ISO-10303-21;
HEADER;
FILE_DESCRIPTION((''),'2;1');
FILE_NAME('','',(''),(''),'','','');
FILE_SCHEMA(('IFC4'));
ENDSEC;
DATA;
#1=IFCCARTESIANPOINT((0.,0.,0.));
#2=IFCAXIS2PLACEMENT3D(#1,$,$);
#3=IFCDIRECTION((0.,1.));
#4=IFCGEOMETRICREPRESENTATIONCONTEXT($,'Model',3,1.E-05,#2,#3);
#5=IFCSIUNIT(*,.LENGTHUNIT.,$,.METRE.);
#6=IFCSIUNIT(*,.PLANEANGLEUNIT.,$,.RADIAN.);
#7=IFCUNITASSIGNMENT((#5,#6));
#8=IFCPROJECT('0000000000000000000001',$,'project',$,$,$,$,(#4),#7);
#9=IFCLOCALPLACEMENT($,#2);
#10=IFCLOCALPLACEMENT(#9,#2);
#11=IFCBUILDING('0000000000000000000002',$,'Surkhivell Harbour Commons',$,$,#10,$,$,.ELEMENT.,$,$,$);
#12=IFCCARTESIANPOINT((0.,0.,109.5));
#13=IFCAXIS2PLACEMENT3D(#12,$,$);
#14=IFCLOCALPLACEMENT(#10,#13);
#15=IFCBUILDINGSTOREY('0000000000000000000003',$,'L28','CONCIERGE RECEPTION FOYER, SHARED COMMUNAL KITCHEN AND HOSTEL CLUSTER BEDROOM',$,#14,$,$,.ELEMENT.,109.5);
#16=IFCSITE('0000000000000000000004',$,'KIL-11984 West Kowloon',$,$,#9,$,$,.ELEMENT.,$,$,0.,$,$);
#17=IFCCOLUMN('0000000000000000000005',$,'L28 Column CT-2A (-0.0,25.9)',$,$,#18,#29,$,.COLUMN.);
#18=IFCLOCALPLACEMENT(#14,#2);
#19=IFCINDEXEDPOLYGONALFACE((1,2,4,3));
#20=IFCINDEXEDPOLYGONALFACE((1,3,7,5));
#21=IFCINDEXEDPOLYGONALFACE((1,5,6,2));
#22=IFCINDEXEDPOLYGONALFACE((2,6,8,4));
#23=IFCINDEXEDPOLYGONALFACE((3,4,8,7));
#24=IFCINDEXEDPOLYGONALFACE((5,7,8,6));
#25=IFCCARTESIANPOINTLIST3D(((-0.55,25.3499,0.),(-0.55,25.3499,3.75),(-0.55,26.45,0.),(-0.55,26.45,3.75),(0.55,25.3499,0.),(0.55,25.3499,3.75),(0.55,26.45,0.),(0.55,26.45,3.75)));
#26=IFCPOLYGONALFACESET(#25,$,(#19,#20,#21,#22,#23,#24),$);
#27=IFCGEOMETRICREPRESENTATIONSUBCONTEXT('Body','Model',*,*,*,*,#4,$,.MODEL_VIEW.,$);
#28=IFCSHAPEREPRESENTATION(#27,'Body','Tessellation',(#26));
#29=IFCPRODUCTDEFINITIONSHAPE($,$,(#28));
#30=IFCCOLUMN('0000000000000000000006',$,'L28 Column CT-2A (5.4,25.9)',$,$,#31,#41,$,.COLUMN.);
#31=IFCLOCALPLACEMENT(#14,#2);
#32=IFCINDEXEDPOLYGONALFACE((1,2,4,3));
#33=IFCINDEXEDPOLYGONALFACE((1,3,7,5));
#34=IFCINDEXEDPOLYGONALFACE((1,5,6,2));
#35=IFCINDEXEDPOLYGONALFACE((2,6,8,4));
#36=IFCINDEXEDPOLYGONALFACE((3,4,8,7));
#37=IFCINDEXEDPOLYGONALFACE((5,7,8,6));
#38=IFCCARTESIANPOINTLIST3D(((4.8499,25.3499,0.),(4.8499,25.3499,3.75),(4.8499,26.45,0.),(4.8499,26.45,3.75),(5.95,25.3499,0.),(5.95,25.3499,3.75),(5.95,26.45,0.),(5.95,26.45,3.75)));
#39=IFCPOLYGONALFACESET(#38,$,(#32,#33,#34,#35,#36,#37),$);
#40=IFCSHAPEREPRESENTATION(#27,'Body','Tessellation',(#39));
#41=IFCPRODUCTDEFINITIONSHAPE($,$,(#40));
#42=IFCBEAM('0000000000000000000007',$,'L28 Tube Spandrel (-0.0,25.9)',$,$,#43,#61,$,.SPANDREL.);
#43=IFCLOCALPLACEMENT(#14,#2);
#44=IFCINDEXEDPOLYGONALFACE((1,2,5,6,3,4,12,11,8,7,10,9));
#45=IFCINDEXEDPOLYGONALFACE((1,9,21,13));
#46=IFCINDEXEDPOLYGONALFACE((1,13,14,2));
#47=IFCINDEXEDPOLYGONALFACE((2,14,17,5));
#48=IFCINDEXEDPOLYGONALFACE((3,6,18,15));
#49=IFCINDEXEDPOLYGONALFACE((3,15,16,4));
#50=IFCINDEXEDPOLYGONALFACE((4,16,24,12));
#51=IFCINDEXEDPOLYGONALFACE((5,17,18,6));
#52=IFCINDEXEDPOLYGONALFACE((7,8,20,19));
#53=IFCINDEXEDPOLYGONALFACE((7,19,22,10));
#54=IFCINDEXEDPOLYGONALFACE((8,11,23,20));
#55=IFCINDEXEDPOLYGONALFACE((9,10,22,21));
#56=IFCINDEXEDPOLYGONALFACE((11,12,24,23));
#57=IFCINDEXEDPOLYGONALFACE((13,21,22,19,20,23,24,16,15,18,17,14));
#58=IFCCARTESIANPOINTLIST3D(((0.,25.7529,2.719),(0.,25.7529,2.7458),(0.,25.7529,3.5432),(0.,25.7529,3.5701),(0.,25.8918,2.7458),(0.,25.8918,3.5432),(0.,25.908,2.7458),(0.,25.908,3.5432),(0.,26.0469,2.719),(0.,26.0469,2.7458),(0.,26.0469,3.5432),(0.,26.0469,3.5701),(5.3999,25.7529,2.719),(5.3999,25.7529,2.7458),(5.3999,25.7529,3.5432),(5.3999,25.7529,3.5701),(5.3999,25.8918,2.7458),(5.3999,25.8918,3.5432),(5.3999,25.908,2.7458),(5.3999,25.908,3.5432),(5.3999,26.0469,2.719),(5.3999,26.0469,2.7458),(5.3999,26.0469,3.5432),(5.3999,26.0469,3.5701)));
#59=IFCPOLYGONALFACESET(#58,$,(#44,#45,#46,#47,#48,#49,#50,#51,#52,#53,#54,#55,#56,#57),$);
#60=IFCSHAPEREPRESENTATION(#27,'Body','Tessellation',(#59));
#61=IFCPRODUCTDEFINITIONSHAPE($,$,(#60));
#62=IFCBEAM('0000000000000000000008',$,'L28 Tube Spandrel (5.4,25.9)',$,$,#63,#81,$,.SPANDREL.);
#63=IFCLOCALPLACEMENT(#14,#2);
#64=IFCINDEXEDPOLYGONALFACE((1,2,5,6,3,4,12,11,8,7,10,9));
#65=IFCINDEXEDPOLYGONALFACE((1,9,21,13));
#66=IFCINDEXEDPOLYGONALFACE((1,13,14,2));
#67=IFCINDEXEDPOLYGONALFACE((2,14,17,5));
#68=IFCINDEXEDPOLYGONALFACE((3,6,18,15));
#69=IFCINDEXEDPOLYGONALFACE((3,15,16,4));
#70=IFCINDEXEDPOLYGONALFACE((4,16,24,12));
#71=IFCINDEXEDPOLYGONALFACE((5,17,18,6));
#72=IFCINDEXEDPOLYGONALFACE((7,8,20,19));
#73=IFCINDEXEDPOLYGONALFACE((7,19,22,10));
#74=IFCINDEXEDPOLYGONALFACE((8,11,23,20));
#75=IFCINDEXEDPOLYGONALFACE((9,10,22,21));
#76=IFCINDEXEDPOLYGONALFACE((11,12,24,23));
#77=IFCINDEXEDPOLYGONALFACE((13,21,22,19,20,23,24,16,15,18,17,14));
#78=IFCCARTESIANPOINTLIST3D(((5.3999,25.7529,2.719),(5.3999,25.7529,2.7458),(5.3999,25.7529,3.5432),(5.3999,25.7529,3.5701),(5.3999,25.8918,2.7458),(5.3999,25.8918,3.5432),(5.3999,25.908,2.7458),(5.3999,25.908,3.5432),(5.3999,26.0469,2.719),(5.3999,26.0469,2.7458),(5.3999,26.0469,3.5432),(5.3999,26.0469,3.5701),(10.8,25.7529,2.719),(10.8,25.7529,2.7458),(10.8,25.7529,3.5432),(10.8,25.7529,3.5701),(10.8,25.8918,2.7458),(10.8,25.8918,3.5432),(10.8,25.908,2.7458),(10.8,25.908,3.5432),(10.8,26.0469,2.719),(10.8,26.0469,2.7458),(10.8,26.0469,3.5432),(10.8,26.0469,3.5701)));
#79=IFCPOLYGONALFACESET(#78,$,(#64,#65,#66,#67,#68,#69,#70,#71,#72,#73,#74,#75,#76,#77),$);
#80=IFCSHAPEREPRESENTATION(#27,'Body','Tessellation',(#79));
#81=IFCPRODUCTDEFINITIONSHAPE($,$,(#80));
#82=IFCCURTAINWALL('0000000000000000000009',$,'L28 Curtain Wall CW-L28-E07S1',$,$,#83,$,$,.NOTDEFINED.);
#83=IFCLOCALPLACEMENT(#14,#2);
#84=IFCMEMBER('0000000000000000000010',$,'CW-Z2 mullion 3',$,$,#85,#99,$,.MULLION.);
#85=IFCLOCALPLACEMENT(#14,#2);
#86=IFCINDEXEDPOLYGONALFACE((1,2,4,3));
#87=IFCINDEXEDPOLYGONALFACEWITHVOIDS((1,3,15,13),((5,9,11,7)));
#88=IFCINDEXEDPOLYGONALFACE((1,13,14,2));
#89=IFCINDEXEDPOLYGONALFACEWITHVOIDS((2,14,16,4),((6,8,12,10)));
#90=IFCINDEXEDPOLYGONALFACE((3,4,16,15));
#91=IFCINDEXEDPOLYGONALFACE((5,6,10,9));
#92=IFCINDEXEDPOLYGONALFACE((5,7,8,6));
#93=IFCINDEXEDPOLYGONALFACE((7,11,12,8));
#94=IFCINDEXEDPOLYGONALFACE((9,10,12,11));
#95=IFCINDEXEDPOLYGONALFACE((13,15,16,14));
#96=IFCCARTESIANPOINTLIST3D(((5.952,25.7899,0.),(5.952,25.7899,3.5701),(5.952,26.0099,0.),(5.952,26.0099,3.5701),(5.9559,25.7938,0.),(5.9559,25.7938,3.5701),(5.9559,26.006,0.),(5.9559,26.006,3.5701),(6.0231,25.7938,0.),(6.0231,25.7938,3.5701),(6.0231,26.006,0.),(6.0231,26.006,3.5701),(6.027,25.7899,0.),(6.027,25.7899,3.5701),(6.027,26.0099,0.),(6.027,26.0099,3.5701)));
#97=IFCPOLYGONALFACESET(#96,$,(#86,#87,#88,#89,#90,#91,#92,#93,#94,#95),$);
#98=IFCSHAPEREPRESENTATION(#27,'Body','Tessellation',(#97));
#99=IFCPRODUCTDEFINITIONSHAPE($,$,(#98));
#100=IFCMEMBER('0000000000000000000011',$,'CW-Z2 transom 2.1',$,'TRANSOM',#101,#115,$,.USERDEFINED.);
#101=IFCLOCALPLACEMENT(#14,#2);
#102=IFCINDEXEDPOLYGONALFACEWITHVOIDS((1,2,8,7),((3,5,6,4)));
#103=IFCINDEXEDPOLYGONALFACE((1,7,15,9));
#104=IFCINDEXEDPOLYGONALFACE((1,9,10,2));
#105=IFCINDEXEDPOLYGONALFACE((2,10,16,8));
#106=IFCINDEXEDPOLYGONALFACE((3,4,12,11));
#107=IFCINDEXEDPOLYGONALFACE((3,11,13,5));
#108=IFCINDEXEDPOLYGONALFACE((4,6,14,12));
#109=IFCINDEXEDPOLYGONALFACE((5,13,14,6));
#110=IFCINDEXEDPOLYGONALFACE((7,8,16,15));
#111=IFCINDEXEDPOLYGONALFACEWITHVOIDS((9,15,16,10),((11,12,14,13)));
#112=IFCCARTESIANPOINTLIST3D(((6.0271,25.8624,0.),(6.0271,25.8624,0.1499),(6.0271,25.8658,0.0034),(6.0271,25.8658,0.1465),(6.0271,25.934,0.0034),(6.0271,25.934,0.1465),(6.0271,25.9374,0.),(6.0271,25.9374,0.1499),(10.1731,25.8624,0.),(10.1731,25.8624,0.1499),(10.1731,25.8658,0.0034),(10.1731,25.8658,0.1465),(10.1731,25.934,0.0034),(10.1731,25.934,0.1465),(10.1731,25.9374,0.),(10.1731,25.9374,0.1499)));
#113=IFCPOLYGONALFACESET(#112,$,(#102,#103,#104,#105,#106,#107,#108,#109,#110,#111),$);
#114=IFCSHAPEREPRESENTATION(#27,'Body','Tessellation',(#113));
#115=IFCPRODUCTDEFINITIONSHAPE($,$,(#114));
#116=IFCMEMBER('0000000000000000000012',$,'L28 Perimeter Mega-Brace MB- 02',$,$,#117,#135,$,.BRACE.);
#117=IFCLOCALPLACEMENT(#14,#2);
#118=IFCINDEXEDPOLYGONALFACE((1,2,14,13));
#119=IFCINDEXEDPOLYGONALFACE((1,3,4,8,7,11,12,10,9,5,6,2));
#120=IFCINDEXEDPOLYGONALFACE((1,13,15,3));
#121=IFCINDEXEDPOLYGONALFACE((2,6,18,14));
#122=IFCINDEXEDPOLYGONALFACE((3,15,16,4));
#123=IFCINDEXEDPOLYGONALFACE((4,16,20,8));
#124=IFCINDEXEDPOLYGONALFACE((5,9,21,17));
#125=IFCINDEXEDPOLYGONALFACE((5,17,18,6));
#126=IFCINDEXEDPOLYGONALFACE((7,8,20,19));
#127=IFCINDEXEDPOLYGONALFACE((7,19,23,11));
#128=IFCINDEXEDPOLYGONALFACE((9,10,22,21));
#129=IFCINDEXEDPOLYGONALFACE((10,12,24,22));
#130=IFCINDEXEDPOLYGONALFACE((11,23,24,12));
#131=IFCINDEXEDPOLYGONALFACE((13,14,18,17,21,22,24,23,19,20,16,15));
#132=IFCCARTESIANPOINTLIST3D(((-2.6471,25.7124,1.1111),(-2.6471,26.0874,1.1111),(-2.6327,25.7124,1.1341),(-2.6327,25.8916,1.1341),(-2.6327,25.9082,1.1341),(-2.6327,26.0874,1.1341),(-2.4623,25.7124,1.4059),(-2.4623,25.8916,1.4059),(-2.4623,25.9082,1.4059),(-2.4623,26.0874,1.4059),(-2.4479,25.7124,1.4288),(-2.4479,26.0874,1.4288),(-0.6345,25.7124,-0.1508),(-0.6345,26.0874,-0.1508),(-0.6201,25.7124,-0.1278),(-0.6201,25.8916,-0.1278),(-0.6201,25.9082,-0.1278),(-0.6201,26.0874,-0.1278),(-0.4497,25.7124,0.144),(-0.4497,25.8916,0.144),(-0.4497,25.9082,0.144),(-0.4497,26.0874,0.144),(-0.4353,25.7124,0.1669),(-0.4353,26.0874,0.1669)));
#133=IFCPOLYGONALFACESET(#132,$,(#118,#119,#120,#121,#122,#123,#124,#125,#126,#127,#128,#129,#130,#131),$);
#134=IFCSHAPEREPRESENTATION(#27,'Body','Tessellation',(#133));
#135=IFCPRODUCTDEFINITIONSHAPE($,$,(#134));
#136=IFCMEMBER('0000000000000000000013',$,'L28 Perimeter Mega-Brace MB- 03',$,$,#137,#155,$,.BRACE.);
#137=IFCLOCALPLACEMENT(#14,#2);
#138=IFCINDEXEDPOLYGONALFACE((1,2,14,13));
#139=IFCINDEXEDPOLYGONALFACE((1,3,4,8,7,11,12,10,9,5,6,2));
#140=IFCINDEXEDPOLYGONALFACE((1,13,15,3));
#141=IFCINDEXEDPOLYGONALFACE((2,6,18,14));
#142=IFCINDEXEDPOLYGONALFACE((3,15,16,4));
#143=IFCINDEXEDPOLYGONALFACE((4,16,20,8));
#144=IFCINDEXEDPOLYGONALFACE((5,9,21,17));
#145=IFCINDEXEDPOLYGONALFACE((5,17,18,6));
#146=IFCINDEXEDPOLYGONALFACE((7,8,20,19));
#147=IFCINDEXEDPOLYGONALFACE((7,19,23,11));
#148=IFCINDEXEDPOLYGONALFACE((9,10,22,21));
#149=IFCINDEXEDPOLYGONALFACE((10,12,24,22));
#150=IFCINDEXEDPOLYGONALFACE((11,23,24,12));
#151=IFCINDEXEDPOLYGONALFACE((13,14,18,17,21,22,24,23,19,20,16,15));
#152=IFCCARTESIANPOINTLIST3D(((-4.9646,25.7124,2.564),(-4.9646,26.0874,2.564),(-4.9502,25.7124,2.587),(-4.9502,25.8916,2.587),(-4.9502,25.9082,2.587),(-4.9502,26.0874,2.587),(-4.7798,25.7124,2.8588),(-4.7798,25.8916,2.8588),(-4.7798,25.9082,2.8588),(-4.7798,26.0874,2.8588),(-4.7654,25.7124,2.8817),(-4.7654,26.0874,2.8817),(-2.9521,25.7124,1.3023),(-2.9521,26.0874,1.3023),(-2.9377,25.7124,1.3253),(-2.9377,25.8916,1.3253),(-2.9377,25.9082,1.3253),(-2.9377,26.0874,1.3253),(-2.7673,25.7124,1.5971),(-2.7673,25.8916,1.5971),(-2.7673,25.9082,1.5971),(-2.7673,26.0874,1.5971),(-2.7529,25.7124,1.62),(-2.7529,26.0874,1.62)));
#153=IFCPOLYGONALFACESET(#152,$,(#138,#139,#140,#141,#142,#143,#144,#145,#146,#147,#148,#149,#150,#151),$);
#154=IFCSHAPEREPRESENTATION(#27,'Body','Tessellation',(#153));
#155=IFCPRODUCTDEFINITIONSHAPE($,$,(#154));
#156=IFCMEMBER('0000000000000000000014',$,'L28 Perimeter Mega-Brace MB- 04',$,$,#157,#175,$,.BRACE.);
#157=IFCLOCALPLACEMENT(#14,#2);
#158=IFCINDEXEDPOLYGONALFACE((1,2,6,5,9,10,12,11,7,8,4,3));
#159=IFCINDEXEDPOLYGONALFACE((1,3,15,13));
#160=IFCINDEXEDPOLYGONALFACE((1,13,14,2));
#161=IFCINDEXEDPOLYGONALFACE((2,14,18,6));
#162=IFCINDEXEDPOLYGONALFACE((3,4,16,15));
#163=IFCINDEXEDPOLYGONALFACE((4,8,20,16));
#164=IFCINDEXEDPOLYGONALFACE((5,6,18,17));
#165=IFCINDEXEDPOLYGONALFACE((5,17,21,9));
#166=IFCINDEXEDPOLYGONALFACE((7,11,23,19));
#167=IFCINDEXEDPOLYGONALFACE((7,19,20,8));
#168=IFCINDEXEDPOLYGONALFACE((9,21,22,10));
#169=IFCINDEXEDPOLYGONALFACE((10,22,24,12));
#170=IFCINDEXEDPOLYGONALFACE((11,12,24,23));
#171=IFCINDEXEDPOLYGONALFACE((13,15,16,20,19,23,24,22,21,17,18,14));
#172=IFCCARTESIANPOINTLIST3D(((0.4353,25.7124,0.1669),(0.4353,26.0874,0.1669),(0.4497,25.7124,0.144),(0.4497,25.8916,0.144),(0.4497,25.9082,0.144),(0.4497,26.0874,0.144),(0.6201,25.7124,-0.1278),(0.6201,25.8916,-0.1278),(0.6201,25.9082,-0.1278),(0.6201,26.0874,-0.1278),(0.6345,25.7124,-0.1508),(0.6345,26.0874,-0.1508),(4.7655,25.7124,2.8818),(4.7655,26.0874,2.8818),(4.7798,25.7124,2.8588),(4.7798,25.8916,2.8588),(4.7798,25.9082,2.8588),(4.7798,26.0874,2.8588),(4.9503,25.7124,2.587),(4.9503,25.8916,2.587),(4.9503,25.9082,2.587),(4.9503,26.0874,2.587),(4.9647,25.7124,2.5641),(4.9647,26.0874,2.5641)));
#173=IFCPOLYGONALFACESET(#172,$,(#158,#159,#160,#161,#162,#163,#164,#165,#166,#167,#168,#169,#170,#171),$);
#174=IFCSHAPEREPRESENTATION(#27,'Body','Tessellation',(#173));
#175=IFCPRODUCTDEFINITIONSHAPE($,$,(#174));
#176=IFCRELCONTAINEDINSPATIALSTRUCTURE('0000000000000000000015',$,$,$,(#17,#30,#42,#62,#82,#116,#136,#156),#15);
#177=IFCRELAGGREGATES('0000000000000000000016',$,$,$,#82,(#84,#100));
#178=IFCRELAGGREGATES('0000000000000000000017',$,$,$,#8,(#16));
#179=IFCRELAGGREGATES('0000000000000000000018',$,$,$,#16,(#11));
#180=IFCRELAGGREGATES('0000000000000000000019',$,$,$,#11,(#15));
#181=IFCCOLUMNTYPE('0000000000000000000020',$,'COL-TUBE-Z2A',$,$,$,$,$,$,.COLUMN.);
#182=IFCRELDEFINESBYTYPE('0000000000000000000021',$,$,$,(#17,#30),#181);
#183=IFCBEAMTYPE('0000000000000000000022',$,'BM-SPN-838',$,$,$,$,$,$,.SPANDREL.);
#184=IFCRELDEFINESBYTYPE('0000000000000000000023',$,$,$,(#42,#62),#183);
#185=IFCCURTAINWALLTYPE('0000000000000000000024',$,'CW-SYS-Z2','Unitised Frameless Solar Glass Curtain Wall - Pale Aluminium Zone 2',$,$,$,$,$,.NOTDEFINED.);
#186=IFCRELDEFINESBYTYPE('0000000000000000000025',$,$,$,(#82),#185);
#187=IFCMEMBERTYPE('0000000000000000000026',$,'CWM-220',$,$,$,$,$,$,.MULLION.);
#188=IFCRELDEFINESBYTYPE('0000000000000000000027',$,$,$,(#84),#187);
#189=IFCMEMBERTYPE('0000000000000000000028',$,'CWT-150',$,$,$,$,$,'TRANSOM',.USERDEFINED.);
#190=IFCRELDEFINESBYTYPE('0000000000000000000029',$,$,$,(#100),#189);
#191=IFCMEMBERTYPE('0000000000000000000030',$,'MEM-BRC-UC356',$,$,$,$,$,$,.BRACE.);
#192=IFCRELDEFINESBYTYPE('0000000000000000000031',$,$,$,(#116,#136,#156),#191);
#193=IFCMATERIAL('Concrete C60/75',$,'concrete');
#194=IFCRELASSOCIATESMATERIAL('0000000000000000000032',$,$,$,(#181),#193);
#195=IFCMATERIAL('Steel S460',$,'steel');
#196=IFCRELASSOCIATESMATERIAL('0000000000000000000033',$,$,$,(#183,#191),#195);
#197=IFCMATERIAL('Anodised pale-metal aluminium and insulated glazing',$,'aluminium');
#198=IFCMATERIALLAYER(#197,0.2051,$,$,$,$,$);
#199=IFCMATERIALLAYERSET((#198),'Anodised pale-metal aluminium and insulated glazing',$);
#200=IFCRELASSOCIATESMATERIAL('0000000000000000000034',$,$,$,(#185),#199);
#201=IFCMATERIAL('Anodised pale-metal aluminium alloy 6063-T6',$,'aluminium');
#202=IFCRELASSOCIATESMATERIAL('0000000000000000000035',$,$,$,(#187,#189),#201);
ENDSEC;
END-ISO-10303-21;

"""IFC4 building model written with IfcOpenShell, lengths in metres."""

from ifc_helpers import new_model, si_unit, direction, frame, origin, origin_2d, place, context, subcontext, project, spatial, rectangle, hollow_rectangle, i_section, extrude, material, layer, layer_set, material_profile, profile_set, type_object, element, aggregate, save


model = new_model("IFC4")

# Units and contexts
model_context = context("Model", 3, precision=1e-05, world=origin(), true_north=direction((0.0, 1.0)))
body_context = subcontext(model_context, "Body", "Model", "MODEL_VIEW")
ifc_project = project(units=[si_unit("LENGTHUNIT", "METRE"), si_unit("PLANEANGLEUNIT", "RADIAN")], contexts=[model_context])

# Site, building, storey
site_placement = place(None, origin())
site = spatial("IfcSite", under=ifc_project, at=site_placement, Name="KIL-11984 West Kowloon", CompositionType="ELEMENT", RefElevation=0.0)
building_placement = place(site_placement, origin())
building = spatial("IfcBuilding", under=site, at=building_placement, Name="Surkhivell Harbour Commons", CompositionType="ELEMENT")
storey_placement = place(building_placement, frame((0.0, 0.0, 109.5)))
storey = spatial("IfcBuildingStorey", under=building, at=storey_placement, Name="L28", Description="CONCIERGE RECEPTION FOYER, SHARED COMMUNAL KITCHEN AND HOSTEL CLUSTER BEDROOM", CompositionType="ELEMENT", Elevation=109.5)

# Columns
ifc_material_1 = material(Name="Concrete C60/75", Category="concrete")
ifc_material_profile_1 = material_profile(ifc_material_1, rectangle(XDim=1.1001, YDim=1.1001, at=origin_2d()), Name="RC-COL-1100x1100")
ifc_profile_set_1 = profile_set([ifc_material_profile_1], Name="Concrete C60/75")
column_type = type_object("IfcColumnType", Name="COL-TUBE-Z2A", PredefinedType="COLUMN", material=ifc_profile_set_1)
for number, where, z_axis, x_axis, name in (
    (1, (0.0, 25.8999, 0.0), (0.0, 0.0, 1.0), (1.0, 0.0, 0.0), "L28 Column CT-2A (-0.0,25.9)"),
    (2, (5.3999, 25.8999, 0.0), (0.0, 0.0, 1.0), (1.0, 0.0, 0.0), "L28 Column CT-2A (5.4,25.9)"),
):
    element("IfcColumn", number, at=place(storey_placement, frame(where, z_axis=z_axis, x_axis=x_axis)), inside=storey, type_object=column_type, Name=name, PredefinedType="COLUMN", context=body_context, shape_type="SweptSolid", body=[
        extrude(rectangle(XDim=1.1001, YDim=1.1001, at=origin_2d()), origin(), (0.0, 0.0, 1.0), 3.75),
    ])

# Beams
ifc_material_2 = material(Name="Steel S460", Category="steel")
ifc_material_profile_2 = material_profile(ifc_material_2, i_section(OverallWidth=0.2939, OverallDepth=0.8511, WebThickness=0.0161, FlangeThickness=0.0269, at=origin_2d()), Name="UB838x292x226")
ifc_profile_set_2 = profile_set([ifc_material_profile_2], Name="Steel S460")
beam_type = type_object("IfcBeamType", Name="BM-SPN-838", PredefinedType="SPANDREL", material=ifc_profile_set_2)
beam_1_placement = place(storey_placement, frame((0.0, 25.8999, 3.1445), z_axis=(1.0, 0.0, 0.0), x_axis=(0.0, 1.0, 0.0)))
element("IfcBeam", 3, at=beam_1_placement, inside=storey, type_object=beam_type, Name="L28 Tube Spandrel (-0.0,25.9)", PredefinedType="SPANDREL", context=body_context, shape_type="SweptSolid", body=[
    extrude(i_section(OverallWidth=0.2939, OverallDepth=0.8511, WebThickness=0.0161, FlangeThickness=0.0269, at=origin_2d()), origin(), (0.0, 0.0, 1.0), 5.3999),
])
beam_2_placement = place(storey_placement, frame((5.3999, 25.8999, 3.1445), z_axis=(1.0, 0.0, 0.0), x_axis=(0.0, 1.0, 0.0)))
element("IfcBeam", 4, at=beam_2_placement, inside=storey, type_object=beam_type, Name="L28 Tube Spandrel (5.4,25.9)", PredefinedType="SPANDREL", context=body_context, shape_type="SweptSolid", body=[
    extrude(i_section(OverallWidth=0.2939, OverallDepth=0.8511, WebThickness=0.0161, FlangeThickness=0.0269, at=origin_2d()), origin(), (0.0, 0.0, 1.0), 5.4001),
])

# Curtain wall, members
ifc_material_3 = material(Name="Anodised pale-metal aluminium and insulated glazing", Category="aluminium")
ifc_layer_1 = layer(ifc_material_3, 0.2051)
ifc_layer_set_1 = layer_set([ifc_layer_1], Name="Anodised pale-metal aluminium and insulated glazing")
curtain_wall_type = type_object("IfcCurtainWallType", Name="CW-SYS-Z2", Description="Unitised Frameless Solar Glass Curtain Wall - Pale Aluminium Zone 2", PredefinedType="NOTDEFINED", material=ifc_layer_set_1)
curtain_wall_placement = place(storey_placement, origin())
curtain_wall = element("IfcCurtainWall", 5, at=curtain_wall_placement, inside=storey, type_object=curtain_wall_type, Name="L28 Curtain Wall CW-L28-E07S1", PredefinedType="NOTDEFINED")
ifc_material_4 = material(Name="Anodised pale-metal aluminium alloy 6063-T6", Category="aluminium")
ifc_material_profile_3 = material_profile(ifc_material_4, hollow_rectangle(XDim=0.075, YDim=0.22, WallThickness=0.0039, at=origin_2d()), Name="ALU-MULL-75x220")
ifc_profile_set_3 = profile_set([ifc_material_profile_3], Name="Anodised pale-metal aluminium alloy 6063-T6")
member_type_1 = type_object("IfcMemberType", Name="CWM-220", PredefinedType="MULLION", material=ifc_profile_set_3)
member_1_placement = place(storey_placement, frame((5.9895, 25.8999, 0.0), z_axis=(0.0, 0.0, 1.0), x_axis=(-1.0, 0.0, 0.0)))
member_1 = element("IfcMember", 6, at=member_1_placement, type_object=member_type_1, Name="CW-Z2 mullion 3", PredefinedType="MULLION", context=body_context, shape_type="SweptSolid", body=[
    extrude(hollow_rectangle(XDim=0.075, YDim=0.22, WallThickness=0.0039, at=origin_2d()), origin(), (0.0, 0.0, 1.0), 3.5701),
])
ifc_material_profile_4 = material_profile(ifc_material_4, hollow_rectangle(XDim=0.075, YDim=0.1499, WallThickness=0.0034, at=origin_2d()), Name="ALU-TRAN-75x150")
ifc_profile_set_4 = profile_set([ifc_material_profile_4], Name="Anodised pale-metal aluminium alloy 6063-T6")
member_type_2 = type_object("IfcMemberType", Name="CWT-150", ElementType="TRANSOM", PredefinedType="USERDEFINED", material=ifc_profile_set_4)
member_2_placement = place(storey_placement, frame((10.1731, 25.8999, 0.075), z_axis=(-1.0, 0.0, 0.0), x_axis=(0.0, -1.0, 0.0)))
member_2 = element("IfcMember", 7, at=member_2_placement, type_object=member_type_2, Name="CW-Z2 transom 2.1", ObjectType="TRANSOM", PredefinedType="USERDEFINED", context=body_context, shape_type="SweptSolid", body=[
    extrude(hollow_rectangle(XDim=0.075, YDim=0.1499, WallThickness=0.0034, at=origin_2d()), origin(), (0.0, 0.0, 1.0), 4.146),
])
aggregate(curtain_wall, [member_1, member_2])

# Members
ifc_material_profile_5 = material_profile(ifc_material_2, i_section(OverallWidth=0.375, OverallDepth=0.375, WebThickness=0.0166, FlangeThickness=0.0271, at=origin_2d()), Name="UC356x368x202")
ifc_profile_set_5 = profile_set([ifc_material_profile_5], Name="Steel S460")
member_type_3 = type_object("IfcMemberType", Name="MEM-BRC-UC356", PredefinedType="BRACE", material=ifc_profile_set_5)
member_3_placement = place(storey_placement, frame((-0.5349, 25.8999, 0.0081), z_axis=(-0.847235, 0.0, 0.531218), x_axis=(0.0, -1.0, 0.0)))
element("IfcMember", 8, at=member_3_placement, inside=storey, type_object=member_type_3, Name="L28 Perimeter Mega-Brace MB- 02", PredefinedType="BRACE", context=body_context, shape_type="SweptSolid", body=[
    extrude(i_section(OverallWidth=0.375, OverallDepth=0.375, WebThickness=0.0166, FlangeThickness=0.0271, at=origin_2d()), origin(), (0.0, 0.0, 1.0), 2.3755),
])
member_4_placement = place(storey_placement, frame((-2.8525, 25.8999, 1.4612), z_axis=(-0.847253, 0.0, 0.53119), x_axis=(0.0, -1.0, 0.0)))
element("IfcMember", 9, at=member_4_placement, inside=storey, type_object=member_type_3, Name="L28 Perimeter Mega-Brace MB- 03", PredefinedType="BRACE", context=body_context, shape_type="SweptSolid", body=[
    extrude(i_section(OverallWidth=0.375, OverallDepth=0.375, WebThickness=0.0166, FlangeThickness=0.0271, at=origin_2d()), origin(), (0.0, 0.0, 1.0), 2.3752),
])
member_5_placement = place(storey_placement, frame((0.5349, 25.8999, 0.0081), z_axis=(0.847246, 0.0, 0.531201), x_axis=(0.0, 1.0, 0.0)))
element("IfcMember", 10, at=member_5_placement, inside=storey, type_object=member_type_3, Name="L28 Perimeter Mega-Brace MB- 04", PredefinedType="BRACE", context=body_context, shape_type="SweptSolid", body=[
    extrude(i_section(OverallWidth=0.375, OverallDepth=0.375, WebThickness=0.0166, FlangeThickness=0.0271, at=origin_2d()), origin(), (0.0, 0.0, 1.0), 5.1108),
])

save(model, "model.ifc")
